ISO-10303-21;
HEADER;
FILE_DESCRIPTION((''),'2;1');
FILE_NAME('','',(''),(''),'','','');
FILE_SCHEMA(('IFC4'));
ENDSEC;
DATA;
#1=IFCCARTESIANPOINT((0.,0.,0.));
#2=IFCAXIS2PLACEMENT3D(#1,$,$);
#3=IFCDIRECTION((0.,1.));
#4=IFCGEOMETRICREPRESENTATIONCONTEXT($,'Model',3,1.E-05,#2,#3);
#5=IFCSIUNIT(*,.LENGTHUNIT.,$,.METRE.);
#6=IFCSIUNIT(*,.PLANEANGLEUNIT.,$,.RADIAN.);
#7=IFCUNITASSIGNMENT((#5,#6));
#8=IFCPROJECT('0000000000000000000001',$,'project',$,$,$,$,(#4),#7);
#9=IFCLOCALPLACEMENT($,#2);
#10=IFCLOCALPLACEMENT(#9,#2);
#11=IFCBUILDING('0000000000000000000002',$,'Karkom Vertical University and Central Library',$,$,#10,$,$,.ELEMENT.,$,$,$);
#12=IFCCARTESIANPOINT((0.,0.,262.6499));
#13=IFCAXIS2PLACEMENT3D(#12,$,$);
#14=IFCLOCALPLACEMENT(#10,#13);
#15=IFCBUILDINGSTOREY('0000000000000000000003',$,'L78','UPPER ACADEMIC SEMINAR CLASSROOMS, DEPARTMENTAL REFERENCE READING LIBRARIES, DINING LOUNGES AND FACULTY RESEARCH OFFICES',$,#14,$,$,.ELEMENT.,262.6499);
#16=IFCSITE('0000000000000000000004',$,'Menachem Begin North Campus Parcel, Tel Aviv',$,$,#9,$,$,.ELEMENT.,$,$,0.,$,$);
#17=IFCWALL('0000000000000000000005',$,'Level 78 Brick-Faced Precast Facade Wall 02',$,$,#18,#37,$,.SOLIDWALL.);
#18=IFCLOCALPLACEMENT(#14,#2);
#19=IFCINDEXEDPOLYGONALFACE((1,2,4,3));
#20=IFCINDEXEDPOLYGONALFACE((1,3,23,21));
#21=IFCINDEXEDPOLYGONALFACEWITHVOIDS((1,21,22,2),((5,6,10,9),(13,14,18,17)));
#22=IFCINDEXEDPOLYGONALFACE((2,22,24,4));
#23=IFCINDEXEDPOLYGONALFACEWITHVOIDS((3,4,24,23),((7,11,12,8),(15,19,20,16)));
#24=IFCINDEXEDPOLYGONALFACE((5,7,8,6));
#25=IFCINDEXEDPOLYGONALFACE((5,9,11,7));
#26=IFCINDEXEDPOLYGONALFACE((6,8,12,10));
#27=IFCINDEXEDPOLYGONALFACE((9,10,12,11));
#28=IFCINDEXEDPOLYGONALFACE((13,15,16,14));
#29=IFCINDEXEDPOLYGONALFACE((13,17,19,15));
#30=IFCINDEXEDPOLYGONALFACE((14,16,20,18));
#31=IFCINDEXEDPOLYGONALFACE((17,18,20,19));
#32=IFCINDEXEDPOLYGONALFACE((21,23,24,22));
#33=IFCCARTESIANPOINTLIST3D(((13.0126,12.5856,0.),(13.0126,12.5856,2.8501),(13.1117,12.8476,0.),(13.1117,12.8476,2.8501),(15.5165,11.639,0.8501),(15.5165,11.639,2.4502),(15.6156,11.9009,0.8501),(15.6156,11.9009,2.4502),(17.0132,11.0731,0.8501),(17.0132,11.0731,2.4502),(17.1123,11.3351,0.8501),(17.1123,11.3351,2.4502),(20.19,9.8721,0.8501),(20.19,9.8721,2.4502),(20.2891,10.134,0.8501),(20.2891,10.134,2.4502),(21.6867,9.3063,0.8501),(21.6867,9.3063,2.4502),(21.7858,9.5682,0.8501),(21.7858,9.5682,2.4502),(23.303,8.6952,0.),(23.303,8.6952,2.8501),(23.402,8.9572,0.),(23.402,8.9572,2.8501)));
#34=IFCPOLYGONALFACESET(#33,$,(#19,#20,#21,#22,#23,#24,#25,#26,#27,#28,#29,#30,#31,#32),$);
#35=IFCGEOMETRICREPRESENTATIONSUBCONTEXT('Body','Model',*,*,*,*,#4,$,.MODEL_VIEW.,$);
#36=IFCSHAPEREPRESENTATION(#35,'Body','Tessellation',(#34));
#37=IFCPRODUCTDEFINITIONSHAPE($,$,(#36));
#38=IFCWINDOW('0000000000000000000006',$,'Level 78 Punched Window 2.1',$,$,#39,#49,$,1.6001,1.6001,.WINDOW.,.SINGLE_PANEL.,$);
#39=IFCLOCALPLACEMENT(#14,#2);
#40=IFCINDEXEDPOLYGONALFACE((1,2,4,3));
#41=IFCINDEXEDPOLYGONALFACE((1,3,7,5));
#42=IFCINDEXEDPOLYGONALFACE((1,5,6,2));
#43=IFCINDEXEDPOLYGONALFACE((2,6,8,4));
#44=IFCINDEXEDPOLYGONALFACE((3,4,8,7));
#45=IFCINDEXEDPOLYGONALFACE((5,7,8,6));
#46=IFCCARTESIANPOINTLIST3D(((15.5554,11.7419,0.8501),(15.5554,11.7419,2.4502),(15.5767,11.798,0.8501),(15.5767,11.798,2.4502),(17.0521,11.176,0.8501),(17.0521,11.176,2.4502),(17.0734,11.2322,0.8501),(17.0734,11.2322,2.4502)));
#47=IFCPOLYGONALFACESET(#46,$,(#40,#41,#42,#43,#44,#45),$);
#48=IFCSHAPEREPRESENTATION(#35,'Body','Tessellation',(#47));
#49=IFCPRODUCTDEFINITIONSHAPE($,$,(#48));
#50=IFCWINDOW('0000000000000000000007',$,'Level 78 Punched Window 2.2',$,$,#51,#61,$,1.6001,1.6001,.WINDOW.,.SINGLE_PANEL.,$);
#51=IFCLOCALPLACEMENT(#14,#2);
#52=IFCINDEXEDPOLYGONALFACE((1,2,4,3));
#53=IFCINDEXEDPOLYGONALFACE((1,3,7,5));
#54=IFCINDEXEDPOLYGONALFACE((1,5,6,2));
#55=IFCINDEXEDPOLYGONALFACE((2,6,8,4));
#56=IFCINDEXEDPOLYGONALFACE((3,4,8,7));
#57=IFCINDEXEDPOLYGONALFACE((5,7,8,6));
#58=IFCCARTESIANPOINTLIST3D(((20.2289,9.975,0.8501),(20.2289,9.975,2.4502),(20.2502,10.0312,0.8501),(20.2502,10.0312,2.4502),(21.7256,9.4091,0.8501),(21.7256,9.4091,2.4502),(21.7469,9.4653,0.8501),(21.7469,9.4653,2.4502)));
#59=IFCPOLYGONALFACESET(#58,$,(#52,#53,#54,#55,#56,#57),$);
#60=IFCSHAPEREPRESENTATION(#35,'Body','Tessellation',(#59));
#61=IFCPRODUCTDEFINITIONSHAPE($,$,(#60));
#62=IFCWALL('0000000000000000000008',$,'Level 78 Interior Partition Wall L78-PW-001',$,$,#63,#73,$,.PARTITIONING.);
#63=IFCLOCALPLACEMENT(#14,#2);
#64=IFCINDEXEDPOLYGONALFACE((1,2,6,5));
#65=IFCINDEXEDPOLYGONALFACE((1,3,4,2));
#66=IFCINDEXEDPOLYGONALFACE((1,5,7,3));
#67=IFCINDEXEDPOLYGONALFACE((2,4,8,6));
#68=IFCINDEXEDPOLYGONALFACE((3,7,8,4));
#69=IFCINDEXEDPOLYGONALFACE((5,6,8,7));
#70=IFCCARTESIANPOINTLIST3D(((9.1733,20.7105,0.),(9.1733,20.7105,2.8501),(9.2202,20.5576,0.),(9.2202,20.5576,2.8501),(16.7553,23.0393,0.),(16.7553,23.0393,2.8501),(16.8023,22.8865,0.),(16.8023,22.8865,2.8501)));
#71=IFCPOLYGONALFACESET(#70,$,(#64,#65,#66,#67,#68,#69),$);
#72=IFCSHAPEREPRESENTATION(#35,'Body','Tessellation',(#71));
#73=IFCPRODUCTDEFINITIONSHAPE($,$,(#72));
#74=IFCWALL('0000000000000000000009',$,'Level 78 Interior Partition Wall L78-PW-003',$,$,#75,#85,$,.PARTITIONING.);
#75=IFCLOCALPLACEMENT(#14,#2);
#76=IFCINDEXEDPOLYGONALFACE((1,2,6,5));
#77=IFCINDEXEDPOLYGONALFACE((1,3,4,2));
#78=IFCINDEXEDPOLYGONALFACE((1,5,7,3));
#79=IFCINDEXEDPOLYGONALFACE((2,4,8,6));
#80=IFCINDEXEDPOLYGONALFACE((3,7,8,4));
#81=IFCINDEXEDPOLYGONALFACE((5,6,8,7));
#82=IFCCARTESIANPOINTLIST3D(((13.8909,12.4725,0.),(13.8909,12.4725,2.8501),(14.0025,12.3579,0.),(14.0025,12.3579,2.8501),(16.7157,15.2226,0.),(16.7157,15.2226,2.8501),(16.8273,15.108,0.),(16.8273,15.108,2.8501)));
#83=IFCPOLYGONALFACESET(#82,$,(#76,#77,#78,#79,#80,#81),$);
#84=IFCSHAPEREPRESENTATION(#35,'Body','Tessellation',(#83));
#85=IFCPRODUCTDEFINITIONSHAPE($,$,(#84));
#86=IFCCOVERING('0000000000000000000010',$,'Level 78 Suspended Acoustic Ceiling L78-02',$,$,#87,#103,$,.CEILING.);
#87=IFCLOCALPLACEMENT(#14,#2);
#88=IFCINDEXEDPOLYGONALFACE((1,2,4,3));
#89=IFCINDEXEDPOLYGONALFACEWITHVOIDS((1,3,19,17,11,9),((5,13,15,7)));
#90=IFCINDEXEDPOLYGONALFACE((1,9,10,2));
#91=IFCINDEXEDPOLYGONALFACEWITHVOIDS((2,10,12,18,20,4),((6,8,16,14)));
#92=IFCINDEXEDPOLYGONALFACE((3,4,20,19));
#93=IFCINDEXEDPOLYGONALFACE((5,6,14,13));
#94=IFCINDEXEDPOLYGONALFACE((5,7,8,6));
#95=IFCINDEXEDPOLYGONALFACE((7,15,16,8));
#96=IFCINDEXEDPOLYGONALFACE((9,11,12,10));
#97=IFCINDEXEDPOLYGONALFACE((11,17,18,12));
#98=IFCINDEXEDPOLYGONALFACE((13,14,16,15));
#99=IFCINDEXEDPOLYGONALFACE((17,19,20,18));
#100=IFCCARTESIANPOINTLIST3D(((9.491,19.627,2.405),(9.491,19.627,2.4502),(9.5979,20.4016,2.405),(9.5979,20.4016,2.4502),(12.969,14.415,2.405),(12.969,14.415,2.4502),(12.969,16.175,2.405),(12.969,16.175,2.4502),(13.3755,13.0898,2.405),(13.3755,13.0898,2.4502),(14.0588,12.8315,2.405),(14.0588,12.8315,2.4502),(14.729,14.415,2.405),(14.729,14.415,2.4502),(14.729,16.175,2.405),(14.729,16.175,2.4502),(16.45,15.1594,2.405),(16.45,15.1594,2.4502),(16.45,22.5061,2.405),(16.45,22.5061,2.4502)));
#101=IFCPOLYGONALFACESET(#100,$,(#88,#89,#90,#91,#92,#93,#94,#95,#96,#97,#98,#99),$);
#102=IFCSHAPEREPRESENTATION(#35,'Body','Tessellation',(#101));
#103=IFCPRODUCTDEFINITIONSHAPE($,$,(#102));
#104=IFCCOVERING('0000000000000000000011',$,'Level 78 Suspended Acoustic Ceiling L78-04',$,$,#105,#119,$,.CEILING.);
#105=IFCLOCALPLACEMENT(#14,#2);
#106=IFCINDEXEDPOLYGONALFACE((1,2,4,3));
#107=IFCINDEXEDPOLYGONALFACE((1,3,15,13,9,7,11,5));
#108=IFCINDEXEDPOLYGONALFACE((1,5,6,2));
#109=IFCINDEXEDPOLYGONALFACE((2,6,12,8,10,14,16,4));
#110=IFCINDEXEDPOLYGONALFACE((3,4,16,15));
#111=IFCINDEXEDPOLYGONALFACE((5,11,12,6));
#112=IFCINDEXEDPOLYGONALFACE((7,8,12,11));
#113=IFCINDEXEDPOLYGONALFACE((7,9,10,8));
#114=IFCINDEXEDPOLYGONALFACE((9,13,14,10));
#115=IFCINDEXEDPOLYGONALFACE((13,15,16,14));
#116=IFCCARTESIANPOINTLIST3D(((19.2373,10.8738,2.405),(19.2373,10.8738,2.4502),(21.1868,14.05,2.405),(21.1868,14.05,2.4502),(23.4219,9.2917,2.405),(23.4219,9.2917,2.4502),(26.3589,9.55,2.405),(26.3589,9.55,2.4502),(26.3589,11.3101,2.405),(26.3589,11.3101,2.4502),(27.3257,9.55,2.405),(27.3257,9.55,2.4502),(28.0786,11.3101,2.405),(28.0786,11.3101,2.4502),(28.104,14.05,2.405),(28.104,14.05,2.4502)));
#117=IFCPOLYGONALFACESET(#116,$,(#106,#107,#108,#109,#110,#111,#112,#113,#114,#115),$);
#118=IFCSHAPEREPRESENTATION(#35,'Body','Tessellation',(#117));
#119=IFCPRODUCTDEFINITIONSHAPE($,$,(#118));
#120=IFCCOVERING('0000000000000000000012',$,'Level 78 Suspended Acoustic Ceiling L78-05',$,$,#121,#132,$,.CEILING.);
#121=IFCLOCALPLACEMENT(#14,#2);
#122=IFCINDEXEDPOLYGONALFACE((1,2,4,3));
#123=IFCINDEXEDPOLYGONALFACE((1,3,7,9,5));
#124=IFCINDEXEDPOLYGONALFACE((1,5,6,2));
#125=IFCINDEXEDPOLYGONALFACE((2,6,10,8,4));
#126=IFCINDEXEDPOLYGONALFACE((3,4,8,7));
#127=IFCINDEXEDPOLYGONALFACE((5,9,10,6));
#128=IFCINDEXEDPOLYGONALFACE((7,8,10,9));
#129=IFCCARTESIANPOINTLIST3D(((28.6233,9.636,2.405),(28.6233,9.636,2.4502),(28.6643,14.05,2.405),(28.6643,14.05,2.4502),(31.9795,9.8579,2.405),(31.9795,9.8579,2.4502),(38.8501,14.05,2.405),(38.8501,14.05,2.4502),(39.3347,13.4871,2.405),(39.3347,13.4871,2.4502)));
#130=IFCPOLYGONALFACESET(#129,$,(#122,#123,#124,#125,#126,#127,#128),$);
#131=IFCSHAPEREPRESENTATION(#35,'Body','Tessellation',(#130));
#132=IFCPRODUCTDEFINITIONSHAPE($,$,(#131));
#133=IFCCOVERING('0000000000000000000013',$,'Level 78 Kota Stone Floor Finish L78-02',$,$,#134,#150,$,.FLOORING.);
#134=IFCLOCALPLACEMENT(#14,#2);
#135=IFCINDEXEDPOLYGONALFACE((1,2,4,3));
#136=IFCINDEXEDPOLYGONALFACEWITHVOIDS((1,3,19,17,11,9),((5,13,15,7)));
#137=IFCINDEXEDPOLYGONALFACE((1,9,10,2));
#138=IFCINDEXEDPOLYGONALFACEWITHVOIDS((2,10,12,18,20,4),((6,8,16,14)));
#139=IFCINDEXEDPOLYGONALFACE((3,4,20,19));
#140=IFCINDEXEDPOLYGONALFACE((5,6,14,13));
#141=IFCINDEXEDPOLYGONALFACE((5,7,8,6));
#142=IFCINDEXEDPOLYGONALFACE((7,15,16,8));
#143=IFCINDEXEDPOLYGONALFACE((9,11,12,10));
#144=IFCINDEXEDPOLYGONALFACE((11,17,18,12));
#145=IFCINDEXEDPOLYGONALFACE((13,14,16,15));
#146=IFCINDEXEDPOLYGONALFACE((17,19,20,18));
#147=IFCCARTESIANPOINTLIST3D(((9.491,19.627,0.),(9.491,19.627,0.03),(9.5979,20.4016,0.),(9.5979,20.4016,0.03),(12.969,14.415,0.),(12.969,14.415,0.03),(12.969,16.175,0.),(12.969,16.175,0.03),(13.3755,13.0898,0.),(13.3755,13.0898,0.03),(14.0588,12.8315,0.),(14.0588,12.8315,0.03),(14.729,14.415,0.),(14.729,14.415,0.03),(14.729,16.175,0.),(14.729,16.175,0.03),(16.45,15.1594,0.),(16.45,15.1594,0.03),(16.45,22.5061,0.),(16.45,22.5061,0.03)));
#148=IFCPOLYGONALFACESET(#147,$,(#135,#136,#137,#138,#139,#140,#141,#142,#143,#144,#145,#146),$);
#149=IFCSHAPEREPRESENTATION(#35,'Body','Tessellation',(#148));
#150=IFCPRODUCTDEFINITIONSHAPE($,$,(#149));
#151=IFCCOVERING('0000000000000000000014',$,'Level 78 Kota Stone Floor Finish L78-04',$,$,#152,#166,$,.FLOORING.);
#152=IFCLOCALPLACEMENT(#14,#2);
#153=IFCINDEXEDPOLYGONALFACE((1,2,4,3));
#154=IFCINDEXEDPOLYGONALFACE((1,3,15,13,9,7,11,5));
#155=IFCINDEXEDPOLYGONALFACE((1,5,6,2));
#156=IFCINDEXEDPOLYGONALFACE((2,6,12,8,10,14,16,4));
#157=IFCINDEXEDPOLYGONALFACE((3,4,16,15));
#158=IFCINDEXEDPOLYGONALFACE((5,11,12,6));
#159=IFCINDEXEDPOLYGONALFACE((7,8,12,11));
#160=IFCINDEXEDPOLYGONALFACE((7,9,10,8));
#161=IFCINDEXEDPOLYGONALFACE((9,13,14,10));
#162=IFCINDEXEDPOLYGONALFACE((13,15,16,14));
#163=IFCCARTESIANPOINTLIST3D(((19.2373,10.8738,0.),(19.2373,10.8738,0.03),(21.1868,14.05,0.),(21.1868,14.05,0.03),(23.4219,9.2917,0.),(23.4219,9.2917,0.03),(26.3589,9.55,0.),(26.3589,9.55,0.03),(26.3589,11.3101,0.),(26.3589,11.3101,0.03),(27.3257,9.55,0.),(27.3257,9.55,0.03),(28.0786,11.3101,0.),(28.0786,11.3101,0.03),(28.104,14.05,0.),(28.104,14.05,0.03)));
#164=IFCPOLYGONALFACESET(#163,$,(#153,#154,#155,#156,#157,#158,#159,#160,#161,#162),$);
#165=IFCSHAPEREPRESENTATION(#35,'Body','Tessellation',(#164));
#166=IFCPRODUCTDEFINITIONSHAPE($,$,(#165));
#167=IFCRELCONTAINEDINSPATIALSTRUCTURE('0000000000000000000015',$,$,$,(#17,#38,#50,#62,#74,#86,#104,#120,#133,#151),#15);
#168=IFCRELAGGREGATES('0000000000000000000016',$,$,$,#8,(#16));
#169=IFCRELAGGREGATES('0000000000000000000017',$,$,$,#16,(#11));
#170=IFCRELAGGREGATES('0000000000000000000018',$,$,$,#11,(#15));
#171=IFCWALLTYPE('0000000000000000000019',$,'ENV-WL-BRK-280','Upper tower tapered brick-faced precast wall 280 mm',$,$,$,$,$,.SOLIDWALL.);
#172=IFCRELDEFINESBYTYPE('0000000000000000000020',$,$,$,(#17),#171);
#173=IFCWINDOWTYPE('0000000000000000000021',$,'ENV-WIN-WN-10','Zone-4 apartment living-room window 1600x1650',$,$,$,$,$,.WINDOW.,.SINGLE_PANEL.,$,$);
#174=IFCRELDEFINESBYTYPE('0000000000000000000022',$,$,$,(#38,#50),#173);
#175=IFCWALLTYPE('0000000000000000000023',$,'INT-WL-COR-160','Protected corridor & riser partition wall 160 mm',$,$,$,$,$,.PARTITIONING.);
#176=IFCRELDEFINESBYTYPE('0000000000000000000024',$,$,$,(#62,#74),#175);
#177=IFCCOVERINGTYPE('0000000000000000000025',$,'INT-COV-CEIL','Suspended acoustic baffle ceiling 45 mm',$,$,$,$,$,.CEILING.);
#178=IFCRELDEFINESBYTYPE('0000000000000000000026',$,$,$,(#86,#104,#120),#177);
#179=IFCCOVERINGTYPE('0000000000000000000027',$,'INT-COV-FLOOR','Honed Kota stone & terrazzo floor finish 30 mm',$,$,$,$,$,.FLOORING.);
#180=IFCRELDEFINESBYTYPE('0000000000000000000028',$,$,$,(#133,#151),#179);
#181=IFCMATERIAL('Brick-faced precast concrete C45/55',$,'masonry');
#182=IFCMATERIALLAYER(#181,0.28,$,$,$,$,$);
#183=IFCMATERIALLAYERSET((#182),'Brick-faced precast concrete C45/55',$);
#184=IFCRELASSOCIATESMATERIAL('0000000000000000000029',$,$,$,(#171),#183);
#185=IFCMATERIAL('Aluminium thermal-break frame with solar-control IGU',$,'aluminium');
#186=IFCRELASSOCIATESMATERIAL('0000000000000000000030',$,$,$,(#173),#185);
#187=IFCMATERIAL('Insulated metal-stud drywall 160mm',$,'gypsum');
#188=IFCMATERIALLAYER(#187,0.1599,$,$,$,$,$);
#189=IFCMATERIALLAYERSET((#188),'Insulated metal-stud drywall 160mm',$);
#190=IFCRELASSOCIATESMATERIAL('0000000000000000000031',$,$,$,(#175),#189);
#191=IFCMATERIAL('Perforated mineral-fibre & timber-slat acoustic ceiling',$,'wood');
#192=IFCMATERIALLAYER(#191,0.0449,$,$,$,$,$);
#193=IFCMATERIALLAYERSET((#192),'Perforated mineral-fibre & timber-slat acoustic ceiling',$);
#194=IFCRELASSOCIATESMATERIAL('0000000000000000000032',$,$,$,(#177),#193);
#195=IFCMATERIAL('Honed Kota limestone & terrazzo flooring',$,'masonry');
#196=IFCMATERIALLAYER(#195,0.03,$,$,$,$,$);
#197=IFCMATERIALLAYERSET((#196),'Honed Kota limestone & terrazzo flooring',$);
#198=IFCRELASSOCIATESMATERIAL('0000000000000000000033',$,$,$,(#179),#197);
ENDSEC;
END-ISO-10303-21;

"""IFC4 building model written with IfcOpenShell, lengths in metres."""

from ifc_helpers import new_model, si_unit, direction, frame, frame_2d, origin, origin_with_axes, place, context, subcontext, project, spatial, polyline, rectangle, outline, extrude, source, transform, mapped, material, layer, layer_set, type_object, element, fill, save


model = new_model("IFC4")

# Units and contexts
model_context = context("Model", 3, precision=1e-05, world=origin(), true_north=direction((0.0, 1.0)))
body_context = subcontext(model_context, "Body", "Model", "MODEL_VIEW")
ifc_project = project(units=[si_unit("LENGTHUNIT", "METRE"), si_unit("PLANEANGLEUNIT", "RADIAN")], contexts=[model_context])

# Site, building, storey
site_placement = place(None, origin())
site = spatial("IfcSite", under=ifc_project, at=site_placement, Name="Menachem Begin North Campus Parcel, Tel Aviv", CompositionType="ELEMENT", RefElevation=0.0)
building_placement = place(site_placement, origin())
building = spatial("IfcBuilding", under=site, at=building_placement, Name="Karkom Vertical University and Central Library", CompositionType="ELEMENT")
storey_placement = place(building_placement, frame((0.0, 0.0, 262.6499)))
storey = spatial("IfcBuildingStorey", under=building, at=storey_placement, Name="L78", Description="UPPER ACADEMIC SEMINAR CLASSROOMS, DEPARTMENTAL REFERENCE READING LIBRARIES, DINING LOUNGES AND FACULTY RESEARCH OFFICES", CompositionType="ELEMENT", Elevation=262.6499)

# Wall, openings, windows
ifc_material_1 = material(Name="Brick-faced precast concrete C45/55", Category="masonry")
ifc_layer_1 = layer(ifc_material_1, 0.28)
ifc_layer_set_1 = layer_set([ifc_layer_1], Name="Brick-faced precast concrete C45/55")
wall_type_1 = type_object("IfcWallType", Name="ENV-WL-BRK-280", Description="Upper tower tapered brick-faced precast wall 280 mm", PredefinedType="SOLIDWALL", material=ifc_layer_set_1)
ifc_material_2 = material(Name="Aluminium thermal-break frame with solar-control IGU", Category="aluminium")
window_type = type_object("IfcWindowType", Name="ENV-WIN-WN-10", Description="Zone-4 apartment living-room window 1600x1650", PartitioningType="SINGLE_PANEL", PredefinedType="WINDOW", material=ifc_material_2)
shared_shape_1 = source(origin_with_axes(), body_context, "Body", "SweptSolid", [
    extrude(rectangle(XDim=1.6001, YDim=1.6001, at=frame_2d((0.8, 0.8))), frame((0.0, 0.03, 0.0), z_axis=(0.0, -1.0, 0.0), x_axis=(1.0, 0.0, 0.0)), (0.0, 0.0, 1.0), 0.0601),
])
wall_1_placement = place(storey_placement, frame((13.0623, 12.7166, 0.0), z_axis=(0.0, 0.0, 1.0), x_axis=(0.935384, -0.353634, 0.0)))
wall_1 = element("IfcWall", 1, at=wall_1_placement, inside=storey, type_object=wall_type_1, Name="Level 78 Brick-Faced Precast Facade Wall 02", PredefinedType="SOLIDWALL", context=body_context, shape_type="SweptSolid", body=[
    extrude(rectangle(XDim=11.0012, YDim=0.28, at=frame_2d((5.5005, 0.0))), origin(), (0.0, 0.0, 1.0), 2.8501),
])
opening_1_placement = place(wall_1_placement, frame((2.6768, 0.0, 0.8501)))
opening_1 = element("IfcOpeningElement", 2, at=opening_1_placement, cuts=wall_1, PredefinedType="OPENING", context=body_context, shape_type="SweptSolid", body=[
    extrude(rectangle(XDim=1.6001, YDim=1.6001, at=frame_2d((0.8, 0.8))), frame((0.0, 0.1499, 0.0), z_axis=(0.0, -1.0, 0.0), x_axis=(1.0, 0.0, 0.0)), (0.0, 0.0, 1.0), 0.3),
])
opening_2_placement = place(wall_1_placement, frame((7.6731, 0.0, 0.8501)))
opening_2 = element("IfcOpeningElement", 3, at=opening_2_placement, cuts=wall_1, PredefinedType="OPENING", context=body_context, shape_type="SweptSolid", body=[
    extrude(rectangle(XDim=1.6001, YDim=1.6001, at=frame_2d((0.8, 0.8))), frame((0.0, 0.1499, 0.0), z_axis=(0.0, -1.0, 0.0), x_axis=(1.0, 0.0, 0.0)), (0.0, 0.0, 1.0), 0.3),
])
window_1_placement = place(opening_1_placement, origin())
window_1 = element("IfcWindow", 4, at=window_1_placement, inside=storey, type_object=window_type, Name="Level 78 Punched Window 2.1", OverallHeight=1.6001, OverallWidth=1.6001, PartitioningType="SINGLE_PANEL", PredefinedType="WINDOW", context=body_context, shape_type="MappedRepresentation", body=[
    mapped(shared_shape_1, transform((0.0, 0.0, 0.0), scale=1.0)),
])
fill(opening_1, window_1)
window_2_placement = place(opening_2_placement, origin())
window_2 = element("IfcWindow", 5, at=window_2_placement, inside=storey, type_object=window_type, Name="Level 78 Punched Window 2.2", OverallHeight=1.6001, OverallWidth=1.6001, PartitioningType="SINGLE_PANEL", PredefinedType="WINDOW", context=body_context, shape_type="MappedRepresentation", body=[
    mapped(shared_shape_1, transform((0.0, 0.0, 0.0), scale=1.0)),
])
fill(opening_2, window_2)

# Shared definitions
ifc_material_3 = material(Name="Insulated metal-stud drywall 160mm", Category="gypsum")
ifc_layer_2 = layer(ifc_material_3, 0.1599)
ifc_layer_set_2 = layer_set([ifc_layer_2], Name="Insulated metal-stud drywall 160mm")
wall_type_2 = type_object("IfcWallType", Name="INT-WL-COR-160", Description="Protected corridor & riser partition wall 160 mm", PredefinedType="PARTITIONING", material=ifc_layer_set_2)

# Walls
wall_2_placement = place(storey_placement, frame((16.7788, 22.9629, 0.0), z_axis=(0.0, 0.0, 1.0), x_axis=(-0.955923, -0.293616, 0.0)))
element("IfcWall", 6, at=wall_2_placement, inside=storey, type_object=wall_type_2, Name="Level 78 Interior Partition Wall L78-PW-001", PredefinedType="PARTITIONING", context=body_context, shape_type="SweptSolid", body=[
    extrude(rectangle(XDim=7.9316, YDim=0.1599, at=frame_2d((3.9658, 0.0))), origin(), (0.0, 0.0, 1.0), 2.8501),
])
wall_3_placement = place(storey_placement, frame((16.7715, 15.1653, 0.0), z_axis=(0.0, 0.0, 1.0), x_axis=(-0.716518, -0.697568, 0.0)))
element("IfcWall", 7, at=wall_3_placement, inside=storey, type_object=wall_type_2, Name="Level 78 Interior Partition Wall L78-PW-003", PredefinedType="PARTITIONING", context=body_context, shape_type="SweptSolid", body=[
    extrude(rectangle(XDim=3.9424, YDim=0.1599, at=frame_2d((1.9712, 0.0))), origin(), (0.0, 0.0, 1.0), 2.8501),
])

# Coverings
ifc_material_4 = material(Name="Perforated mineral-fibre & timber-slat acoustic ceiling", Category="wood")
ifc_layer_3 = layer(ifc_material_4, 0.0449)
ifc_layer_set_3 = layer_set([ifc_layer_3], Name="Perforated mineral-fibre & timber-slat acoustic ceiling")
covering_type_1 = type_object("IfcCoveringType", Name="INT-COV-CEIL", Description="Suspended acoustic baffle ceiling 45 mm", PredefinedType="CEILING", material=ifc_layer_set_3)
covering_1_placement = place(storey_placement, frame((0.0, 0.0, 2.405)))
element("IfcCovering", 8, at=covering_1_placement, inside=storey, type_object=covering_type_1, Name="Level 78 Suspended Acoustic Ceiling L78-02", PredefinedType="CEILING", context=body_context, shape_type="SweptSolid", body=[
    extrude(outline(polyline([(13.3755, 13.0898), (9.491, 19.627), (9.5979, 20.4016), (16.45, 22.5061), (16.45, 15.1594), (14.0588, 12.8315), (13.3755, 13.0898)]), holes=[polyline([(12.969, 16.175), (12.969, 14.415), (14.729, 14.415), (14.729, 16.175), (12.969, 16.175)])]), origin(), (0.0, 0.0, 1.0), 0.0452),
])
covering_2_placement = place(storey_placement, frame((0.0, 0.0, 2.405)))
element("IfcCovering", 9, at=covering_2_placement, inside=storey, type_object=covering_type_1, Name="Level 78 Suspended Acoustic Ceiling L78-04", PredefinedType="CEILING", context=body_context, shape_type="SweptSolid", body=[
    extrude(outline(polyline([(19.2373, 10.8738), (21.1868, 14.05), (28.104, 14.05), (28.0786, 11.3101), (26.3589, 11.3101), (26.3589, 9.55), (27.3257, 9.55), (23.4219, 9.2917), (19.2373, 10.8738)])), origin(), (0.0, 0.0, 1.0), 0.0452),
])
covering_3_placement = place(storey_placement, frame((0.0, 0.0, 2.405)))
element("IfcCovering", 10, at=covering_3_placement, inside=storey, type_object=covering_type_1, Name="Level 78 Suspended Acoustic Ceiling L78-05", PredefinedType="CEILING", context=body_context, shape_type="SweptSolid", body=[
    extrude(outline(polyline([(28.6643, 14.05), (38.8501, 14.05), (39.3347, 13.4871), (31.9795, 9.8579), (28.6233, 9.636), (28.6643, 14.05)])), origin(), (0.0, 0.0, 1.0), 0.0452),
])
ifc_material_5 = material(Name="Honed Kota limestone & terrazzo flooring", Category="masonry")
ifc_layer_4 = layer(ifc_material_5, 0.03)
ifc_layer_set_4 = layer_set([ifc_layer_4], Name="Honed Kota limestone & terrazzo flooring")
covering_type_2 = type_object("IfcCoveringType", Name="INT-COV-FLOOR", Description="Honed Kota stone & terrazzo floor finish 30 mm", PredefinedType="FLOORING", material=ifc_layer_set_4)
covering_4_placement = place(storey_placement, origin())
element("IfcCovering", 11, at=covering_4_placement, inside=storey, type_object=covering_type_2, Name="Level 78 Kota Stone Floor Finish L78-02", PredefinedType="FLOORING", context=body_context, shape_type="SweptSolid", body=[
    extrude(outline(polyline([(13.3755, 13.0898), (9.491, 19.627), (9.5979, 20.4016), (16.45, 22.5061), (16.45, 15.1594), (14.0588, 12.8315), (13.3755, 13.0898)]), holes=[polyline([(12.969, 16.175), (12.969, 14.415), (14.729, 14.415), (14.729, 16.175), (12.969, 16.175)])]), origin(), (0.0, 0.0, 1.0), 0.03),
])
covering_5_placement = place(storey_placement, origin())
element("IfcCovering", 12, at=covering_5_placement, inside=storey, type_object=covering_type_2, Name="Level 78 Kota Stone Floor Finish L78-04", PredefinedType="FLOORING", context=body_context, shape_type="SweptSolid", body=[
    extrude(outline(polyline([(19.2373, 10.8738), (21.1868, 14.05), (28.104, 14.05), (28.0786, 11.3101), (26.3589, 11.3101), (26.3589, 9.55), (27.3257, 9.55), (23.4219, 9.2917), (19.2373, 10.8738)])), origin(), (0.0, 0.0, 1.0), 0.03),
])

save(model, "model.ifc")
